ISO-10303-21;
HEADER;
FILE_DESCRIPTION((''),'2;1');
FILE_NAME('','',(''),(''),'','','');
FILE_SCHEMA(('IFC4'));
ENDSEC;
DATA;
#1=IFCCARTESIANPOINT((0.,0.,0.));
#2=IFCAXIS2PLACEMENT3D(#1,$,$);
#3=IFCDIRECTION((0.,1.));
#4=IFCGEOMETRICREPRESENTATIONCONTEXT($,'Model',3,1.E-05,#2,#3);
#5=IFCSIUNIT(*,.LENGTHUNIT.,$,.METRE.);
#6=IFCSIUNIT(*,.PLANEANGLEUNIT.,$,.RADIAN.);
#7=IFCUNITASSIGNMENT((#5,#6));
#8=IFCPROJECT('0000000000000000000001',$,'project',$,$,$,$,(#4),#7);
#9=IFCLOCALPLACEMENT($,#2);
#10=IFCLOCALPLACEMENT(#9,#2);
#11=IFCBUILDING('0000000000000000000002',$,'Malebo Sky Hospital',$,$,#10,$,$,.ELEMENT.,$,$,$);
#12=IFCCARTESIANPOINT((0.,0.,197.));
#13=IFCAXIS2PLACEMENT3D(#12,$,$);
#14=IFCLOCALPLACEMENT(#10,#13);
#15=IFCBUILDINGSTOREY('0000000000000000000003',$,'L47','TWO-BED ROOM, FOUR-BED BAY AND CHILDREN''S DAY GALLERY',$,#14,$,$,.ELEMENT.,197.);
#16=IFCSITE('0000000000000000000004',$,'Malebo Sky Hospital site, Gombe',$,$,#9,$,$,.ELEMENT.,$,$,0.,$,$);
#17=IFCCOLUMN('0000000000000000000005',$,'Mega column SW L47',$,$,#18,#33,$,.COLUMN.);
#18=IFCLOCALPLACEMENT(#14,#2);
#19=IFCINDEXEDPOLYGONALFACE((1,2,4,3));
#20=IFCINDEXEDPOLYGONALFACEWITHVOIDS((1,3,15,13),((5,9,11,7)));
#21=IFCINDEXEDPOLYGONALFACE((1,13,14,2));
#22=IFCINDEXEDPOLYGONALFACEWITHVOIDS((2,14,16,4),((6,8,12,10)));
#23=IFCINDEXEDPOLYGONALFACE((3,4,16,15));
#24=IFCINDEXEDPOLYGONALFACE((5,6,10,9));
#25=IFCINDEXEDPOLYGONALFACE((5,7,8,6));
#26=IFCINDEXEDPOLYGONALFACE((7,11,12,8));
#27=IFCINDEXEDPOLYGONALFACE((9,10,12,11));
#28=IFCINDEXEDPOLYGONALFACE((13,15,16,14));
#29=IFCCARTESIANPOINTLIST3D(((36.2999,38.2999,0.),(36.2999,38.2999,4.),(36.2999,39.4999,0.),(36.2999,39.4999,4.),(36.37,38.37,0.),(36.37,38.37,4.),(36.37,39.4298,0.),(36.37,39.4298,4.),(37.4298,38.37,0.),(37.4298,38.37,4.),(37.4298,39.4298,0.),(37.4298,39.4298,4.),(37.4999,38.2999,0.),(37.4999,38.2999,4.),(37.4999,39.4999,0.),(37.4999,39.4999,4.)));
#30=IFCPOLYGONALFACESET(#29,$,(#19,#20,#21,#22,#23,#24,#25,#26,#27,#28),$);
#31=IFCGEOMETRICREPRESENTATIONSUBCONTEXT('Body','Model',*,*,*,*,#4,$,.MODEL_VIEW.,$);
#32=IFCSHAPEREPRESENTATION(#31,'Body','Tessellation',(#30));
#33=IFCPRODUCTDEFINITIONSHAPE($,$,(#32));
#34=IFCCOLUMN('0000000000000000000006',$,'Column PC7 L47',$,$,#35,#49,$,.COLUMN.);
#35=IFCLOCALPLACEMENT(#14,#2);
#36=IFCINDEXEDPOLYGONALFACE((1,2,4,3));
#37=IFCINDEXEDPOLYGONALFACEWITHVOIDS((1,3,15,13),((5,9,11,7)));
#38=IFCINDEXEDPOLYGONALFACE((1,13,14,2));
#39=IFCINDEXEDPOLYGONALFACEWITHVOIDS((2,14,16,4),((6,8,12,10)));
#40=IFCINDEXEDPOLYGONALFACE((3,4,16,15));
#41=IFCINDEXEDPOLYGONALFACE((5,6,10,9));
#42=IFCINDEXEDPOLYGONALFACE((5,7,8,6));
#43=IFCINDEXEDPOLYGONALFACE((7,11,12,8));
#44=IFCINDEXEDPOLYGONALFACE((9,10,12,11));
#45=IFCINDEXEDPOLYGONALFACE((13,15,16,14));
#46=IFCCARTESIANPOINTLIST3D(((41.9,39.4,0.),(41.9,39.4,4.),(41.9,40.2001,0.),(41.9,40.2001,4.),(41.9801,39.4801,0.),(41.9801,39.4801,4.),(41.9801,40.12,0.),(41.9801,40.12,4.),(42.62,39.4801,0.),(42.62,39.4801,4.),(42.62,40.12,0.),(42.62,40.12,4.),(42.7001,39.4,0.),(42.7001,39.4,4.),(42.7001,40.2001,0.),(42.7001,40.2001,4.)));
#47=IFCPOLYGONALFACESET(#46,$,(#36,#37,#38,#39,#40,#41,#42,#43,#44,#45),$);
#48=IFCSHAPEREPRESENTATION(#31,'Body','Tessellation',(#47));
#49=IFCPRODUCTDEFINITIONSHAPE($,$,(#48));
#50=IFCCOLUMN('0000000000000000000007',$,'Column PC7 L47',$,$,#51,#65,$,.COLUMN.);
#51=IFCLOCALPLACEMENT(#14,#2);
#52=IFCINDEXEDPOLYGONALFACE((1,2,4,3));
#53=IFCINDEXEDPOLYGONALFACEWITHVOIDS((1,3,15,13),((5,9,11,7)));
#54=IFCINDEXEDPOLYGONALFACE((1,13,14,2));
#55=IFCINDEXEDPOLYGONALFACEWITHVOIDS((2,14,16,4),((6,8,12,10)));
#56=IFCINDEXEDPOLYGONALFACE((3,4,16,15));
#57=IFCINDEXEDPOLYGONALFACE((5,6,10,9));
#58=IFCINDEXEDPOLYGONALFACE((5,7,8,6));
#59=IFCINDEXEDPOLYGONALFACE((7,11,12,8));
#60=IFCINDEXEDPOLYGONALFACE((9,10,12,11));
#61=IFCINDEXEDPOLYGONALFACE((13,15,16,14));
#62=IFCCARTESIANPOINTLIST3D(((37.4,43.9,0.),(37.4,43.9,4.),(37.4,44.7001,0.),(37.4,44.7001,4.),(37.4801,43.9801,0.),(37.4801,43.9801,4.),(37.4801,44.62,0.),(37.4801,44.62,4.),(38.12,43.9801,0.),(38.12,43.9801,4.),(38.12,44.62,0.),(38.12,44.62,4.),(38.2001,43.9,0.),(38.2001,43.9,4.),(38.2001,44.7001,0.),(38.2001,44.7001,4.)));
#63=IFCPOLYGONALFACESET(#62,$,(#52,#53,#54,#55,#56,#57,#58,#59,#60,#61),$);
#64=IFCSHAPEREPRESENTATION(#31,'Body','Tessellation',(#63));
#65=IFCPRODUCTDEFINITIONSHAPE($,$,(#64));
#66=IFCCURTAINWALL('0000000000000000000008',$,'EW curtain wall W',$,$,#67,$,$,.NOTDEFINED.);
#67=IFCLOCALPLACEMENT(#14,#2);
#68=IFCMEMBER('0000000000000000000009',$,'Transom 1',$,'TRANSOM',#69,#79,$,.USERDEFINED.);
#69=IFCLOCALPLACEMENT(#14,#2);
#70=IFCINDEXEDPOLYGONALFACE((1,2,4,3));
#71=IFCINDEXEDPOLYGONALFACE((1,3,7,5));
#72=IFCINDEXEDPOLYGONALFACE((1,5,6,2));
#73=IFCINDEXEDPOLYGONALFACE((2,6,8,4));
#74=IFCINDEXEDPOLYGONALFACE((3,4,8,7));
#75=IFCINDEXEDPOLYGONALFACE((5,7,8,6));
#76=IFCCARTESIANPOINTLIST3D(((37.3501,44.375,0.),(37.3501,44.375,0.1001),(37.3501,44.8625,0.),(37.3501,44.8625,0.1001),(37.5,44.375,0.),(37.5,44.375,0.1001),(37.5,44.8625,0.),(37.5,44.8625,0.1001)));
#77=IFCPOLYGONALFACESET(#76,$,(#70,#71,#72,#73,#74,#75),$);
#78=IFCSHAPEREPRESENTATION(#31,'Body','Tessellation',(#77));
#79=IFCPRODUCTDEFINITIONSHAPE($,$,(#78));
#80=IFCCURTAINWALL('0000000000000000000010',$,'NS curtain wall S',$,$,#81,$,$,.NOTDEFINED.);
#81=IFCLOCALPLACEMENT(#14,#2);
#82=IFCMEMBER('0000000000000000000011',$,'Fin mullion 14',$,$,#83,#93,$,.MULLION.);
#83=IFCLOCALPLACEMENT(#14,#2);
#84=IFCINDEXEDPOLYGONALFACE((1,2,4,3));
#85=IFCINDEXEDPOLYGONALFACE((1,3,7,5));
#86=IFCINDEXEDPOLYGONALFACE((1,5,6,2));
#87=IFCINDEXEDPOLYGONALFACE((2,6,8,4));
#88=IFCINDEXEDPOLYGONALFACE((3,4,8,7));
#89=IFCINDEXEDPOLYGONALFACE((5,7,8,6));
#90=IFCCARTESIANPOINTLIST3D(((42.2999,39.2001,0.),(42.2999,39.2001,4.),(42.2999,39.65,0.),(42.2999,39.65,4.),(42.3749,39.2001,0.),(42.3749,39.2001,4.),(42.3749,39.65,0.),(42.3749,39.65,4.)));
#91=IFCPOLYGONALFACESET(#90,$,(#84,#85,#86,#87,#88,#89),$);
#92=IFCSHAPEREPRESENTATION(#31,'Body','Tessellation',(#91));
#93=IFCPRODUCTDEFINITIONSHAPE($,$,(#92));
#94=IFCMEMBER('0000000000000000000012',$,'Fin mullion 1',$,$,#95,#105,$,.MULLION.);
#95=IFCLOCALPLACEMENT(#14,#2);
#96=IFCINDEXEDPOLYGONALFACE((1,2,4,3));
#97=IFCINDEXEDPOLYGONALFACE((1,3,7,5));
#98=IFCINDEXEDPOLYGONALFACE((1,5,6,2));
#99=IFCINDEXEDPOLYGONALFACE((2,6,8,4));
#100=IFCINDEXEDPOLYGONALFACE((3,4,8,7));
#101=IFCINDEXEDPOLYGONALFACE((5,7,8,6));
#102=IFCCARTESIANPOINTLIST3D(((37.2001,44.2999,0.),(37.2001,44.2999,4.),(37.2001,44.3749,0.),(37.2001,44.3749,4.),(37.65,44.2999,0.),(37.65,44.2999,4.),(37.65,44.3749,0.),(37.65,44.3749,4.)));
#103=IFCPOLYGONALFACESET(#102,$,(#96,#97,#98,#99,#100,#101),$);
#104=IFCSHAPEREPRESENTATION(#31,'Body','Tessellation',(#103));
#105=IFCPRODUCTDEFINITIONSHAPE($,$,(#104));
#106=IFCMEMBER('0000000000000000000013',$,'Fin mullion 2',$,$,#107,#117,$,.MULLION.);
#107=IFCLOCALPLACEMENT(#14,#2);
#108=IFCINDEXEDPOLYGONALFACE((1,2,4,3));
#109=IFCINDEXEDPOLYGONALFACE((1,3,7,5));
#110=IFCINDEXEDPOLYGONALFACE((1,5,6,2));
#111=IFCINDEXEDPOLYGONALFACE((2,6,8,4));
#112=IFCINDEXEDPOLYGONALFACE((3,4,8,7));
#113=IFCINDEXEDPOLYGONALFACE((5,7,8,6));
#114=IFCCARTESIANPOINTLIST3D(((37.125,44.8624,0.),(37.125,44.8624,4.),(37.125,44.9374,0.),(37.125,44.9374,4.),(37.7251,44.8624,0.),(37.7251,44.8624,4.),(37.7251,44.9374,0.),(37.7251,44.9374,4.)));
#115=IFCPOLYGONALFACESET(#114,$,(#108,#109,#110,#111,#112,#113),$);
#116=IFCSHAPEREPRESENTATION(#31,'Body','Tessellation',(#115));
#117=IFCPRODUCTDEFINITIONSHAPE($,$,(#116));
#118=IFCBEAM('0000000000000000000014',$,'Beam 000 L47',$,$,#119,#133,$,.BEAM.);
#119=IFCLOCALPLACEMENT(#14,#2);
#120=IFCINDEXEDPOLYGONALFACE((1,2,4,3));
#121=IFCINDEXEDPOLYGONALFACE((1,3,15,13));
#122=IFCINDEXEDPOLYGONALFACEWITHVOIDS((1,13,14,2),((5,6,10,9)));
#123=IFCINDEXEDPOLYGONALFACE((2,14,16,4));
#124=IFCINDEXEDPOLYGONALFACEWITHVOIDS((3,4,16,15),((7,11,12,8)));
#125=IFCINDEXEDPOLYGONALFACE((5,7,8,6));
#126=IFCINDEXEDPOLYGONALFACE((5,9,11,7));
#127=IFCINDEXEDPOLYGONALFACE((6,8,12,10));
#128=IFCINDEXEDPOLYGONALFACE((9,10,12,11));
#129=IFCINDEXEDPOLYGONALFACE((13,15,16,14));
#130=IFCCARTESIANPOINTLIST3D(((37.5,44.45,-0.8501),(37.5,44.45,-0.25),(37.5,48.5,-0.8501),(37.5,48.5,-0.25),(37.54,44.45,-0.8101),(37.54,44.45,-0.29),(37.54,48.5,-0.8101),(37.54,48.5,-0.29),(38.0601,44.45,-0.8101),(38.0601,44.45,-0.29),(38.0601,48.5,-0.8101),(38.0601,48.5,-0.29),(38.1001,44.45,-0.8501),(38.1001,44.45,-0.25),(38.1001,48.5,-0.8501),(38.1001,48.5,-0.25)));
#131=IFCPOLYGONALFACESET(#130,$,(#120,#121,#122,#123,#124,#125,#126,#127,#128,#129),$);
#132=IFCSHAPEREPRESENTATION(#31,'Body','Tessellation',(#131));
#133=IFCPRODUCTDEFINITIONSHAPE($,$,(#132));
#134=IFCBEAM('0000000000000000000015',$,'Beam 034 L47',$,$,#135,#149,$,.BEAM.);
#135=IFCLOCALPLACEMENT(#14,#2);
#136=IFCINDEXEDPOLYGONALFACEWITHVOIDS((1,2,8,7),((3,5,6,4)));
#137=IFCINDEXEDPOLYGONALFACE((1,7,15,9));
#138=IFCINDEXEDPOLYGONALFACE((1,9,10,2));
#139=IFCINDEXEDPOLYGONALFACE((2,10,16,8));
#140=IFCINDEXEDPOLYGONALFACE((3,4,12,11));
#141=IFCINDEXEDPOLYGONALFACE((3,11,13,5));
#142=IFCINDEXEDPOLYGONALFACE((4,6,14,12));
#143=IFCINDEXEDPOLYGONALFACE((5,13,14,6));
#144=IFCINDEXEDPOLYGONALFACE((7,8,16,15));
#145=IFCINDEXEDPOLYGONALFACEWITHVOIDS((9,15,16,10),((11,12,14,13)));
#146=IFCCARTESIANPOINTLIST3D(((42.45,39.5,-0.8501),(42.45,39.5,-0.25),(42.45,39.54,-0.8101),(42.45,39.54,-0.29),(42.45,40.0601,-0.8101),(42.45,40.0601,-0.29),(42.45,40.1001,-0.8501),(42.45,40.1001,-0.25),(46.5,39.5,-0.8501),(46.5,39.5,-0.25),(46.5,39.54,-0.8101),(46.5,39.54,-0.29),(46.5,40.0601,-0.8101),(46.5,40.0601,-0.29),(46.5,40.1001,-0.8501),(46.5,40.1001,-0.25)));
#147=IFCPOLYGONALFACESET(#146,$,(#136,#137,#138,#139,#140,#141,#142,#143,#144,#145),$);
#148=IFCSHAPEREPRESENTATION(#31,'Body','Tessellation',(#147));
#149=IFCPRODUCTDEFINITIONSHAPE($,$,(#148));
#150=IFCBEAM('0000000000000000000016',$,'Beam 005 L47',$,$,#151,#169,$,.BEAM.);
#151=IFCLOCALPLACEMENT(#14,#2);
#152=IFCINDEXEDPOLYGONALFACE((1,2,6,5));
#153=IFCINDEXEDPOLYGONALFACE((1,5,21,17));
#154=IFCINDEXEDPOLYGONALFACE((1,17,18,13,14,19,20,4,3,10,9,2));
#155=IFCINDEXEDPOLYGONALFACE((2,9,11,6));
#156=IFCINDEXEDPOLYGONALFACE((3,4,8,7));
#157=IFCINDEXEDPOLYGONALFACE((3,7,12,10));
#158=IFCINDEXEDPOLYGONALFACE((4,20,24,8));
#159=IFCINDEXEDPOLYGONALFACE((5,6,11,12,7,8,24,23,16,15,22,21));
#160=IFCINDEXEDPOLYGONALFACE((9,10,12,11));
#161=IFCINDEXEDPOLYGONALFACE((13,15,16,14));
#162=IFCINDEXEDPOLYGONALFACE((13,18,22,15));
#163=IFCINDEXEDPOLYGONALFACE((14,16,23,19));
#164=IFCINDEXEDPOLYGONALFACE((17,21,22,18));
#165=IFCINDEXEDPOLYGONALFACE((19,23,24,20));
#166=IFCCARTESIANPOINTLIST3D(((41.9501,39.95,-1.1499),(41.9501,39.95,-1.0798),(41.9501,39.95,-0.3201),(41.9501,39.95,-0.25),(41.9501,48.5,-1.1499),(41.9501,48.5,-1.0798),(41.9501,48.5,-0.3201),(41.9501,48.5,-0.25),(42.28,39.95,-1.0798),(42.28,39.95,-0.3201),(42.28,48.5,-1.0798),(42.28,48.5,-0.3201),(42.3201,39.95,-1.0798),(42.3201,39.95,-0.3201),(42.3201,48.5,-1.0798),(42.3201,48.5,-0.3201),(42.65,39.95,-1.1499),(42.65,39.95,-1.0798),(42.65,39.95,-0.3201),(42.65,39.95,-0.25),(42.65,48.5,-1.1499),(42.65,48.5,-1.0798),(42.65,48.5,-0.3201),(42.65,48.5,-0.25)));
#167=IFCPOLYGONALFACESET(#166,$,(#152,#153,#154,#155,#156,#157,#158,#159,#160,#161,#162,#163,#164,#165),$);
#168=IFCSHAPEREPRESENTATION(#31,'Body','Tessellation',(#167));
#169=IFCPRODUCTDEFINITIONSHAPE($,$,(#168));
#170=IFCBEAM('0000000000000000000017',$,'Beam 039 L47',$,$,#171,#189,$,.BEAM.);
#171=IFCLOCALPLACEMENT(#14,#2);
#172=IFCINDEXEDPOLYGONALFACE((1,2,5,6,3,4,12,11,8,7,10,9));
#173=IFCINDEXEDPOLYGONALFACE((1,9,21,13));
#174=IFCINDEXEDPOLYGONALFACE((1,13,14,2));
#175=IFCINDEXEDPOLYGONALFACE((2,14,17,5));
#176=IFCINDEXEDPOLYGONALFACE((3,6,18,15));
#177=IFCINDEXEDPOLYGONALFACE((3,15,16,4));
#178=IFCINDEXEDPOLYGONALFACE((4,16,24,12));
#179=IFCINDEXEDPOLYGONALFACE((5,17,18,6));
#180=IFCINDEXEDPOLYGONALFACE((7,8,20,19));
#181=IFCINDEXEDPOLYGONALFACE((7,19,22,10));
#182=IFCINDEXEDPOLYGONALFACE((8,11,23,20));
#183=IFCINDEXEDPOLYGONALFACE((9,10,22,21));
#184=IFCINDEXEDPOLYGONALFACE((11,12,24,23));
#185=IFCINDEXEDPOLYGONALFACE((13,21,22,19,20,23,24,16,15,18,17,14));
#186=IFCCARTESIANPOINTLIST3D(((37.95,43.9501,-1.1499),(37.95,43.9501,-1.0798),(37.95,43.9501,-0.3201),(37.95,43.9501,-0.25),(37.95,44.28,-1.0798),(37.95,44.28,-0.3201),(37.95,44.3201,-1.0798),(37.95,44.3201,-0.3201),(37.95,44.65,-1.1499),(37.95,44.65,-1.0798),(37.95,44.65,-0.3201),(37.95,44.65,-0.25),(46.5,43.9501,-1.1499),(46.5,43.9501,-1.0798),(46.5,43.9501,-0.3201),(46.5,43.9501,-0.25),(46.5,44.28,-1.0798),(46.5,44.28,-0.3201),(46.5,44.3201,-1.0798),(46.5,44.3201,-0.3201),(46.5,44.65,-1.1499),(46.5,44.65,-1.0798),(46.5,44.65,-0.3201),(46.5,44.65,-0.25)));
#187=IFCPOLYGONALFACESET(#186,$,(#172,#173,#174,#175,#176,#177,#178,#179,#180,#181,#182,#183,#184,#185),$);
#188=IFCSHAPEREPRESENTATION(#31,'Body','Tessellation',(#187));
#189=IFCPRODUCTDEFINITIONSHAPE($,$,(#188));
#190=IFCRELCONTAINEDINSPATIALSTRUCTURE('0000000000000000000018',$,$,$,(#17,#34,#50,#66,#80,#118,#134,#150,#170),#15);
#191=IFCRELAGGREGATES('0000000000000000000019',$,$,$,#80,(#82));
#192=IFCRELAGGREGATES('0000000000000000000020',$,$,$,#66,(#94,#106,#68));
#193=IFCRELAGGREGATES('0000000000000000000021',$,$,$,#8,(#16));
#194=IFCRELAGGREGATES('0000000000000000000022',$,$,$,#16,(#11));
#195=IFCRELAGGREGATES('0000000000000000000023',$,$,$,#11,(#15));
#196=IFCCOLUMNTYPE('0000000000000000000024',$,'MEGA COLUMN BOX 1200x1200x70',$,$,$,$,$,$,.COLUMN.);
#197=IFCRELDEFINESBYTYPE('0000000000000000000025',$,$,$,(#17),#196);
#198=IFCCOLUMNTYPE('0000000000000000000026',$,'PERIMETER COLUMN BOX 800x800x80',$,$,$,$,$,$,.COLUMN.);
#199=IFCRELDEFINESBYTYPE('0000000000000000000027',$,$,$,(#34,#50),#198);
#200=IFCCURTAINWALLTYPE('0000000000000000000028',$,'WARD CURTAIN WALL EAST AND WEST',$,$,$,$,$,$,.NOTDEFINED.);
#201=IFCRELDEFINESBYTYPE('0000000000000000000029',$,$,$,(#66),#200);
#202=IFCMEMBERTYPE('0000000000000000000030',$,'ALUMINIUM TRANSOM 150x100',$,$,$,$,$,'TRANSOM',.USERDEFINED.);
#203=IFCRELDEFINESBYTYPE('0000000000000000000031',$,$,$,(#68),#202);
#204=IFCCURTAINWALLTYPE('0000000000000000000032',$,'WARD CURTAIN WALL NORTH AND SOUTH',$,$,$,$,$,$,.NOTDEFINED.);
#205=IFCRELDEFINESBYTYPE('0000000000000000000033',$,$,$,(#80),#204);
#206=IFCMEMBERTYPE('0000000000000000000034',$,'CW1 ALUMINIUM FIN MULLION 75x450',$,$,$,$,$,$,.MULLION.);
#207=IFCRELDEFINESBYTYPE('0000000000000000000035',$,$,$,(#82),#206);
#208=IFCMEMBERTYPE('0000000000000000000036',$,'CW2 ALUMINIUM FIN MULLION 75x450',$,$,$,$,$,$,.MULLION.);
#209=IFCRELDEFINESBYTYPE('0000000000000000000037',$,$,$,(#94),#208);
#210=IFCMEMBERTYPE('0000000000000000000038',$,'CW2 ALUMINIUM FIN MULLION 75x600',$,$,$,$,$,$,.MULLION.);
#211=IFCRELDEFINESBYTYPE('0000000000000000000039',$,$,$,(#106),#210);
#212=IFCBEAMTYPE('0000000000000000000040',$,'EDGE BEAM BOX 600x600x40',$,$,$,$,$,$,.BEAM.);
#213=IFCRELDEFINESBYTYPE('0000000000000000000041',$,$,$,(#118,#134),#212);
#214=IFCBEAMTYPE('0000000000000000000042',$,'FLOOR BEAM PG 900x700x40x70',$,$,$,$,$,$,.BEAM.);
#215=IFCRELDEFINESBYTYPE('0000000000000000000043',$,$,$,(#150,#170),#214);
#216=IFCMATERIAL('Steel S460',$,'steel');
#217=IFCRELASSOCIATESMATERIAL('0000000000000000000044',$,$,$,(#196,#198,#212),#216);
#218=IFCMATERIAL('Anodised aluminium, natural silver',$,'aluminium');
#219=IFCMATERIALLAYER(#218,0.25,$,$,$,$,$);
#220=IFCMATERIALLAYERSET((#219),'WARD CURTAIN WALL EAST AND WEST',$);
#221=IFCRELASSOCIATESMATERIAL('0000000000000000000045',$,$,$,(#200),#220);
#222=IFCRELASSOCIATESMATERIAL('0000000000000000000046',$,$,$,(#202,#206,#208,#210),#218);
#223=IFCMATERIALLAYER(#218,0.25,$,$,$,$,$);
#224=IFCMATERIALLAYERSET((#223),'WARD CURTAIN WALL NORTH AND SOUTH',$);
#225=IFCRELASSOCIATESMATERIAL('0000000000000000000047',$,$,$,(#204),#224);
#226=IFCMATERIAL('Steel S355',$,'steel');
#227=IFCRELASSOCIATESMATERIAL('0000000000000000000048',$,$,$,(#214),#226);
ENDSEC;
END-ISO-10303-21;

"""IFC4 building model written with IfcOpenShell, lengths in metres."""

from ifc_helpers import new_model, si_unit, direction, frame, origin, origin_2d, place, context, subcontext, project, spatial, rectangle, hollow_rectangle, i_section, extrude, material, layer, layer_set, material_profile, profile_set, type_object, element, aggregate, save


model = new_model("IFC4")

# Units and contexts
model_context = context("Model", 3, precision=1e-05, world=origin(), true_north=direction((0.0, 1.0)))
body_context = subcontext(model_context, "Body", "Model", "MODEL_VIEW")
ifc_project = project(units=[si_unit("LENGTHUNIT", "METRE"), si_unit("PLANEANGLEUNIT", "RADIAN")], contexts=[model_context])

# Site, building, storey
site_placement = place(None, origin())
site = spatial("IfcSite", under=ifc_project, at=site_placement, Name="Malebo Sky Hospital site, Gombe", CompositionType="ELEMENT", RefElevation=0.0)
building_placement = place(site_placement, origin())
building = spatial("IfcBuilding", under=site, at=building_placement, Name="Malebo Sky Hospital", CompositionType="ELEMENT")
storey_placement = place(building_placement, frame((0.0, 0.0, 197.0)))
storey = spatial("IfcBuildingStorey", under=building, at=storey_placement, Name="L47", Description="TWO-BED ROOM, FOUR-BED BAY AND CHILDREN'S DAY GALLERY", CompositionType="ELEMENT", Elevation=197.0)

# Columns
ifc_material_1 = material(Name="Steel S460", Category="steel")
ifc_material_profile_1 = material_profile(ifc_material_1, hollow_rectangle(XDim=1.2, YDim=1.2, WallThickness=0.0701, at=origin_2d()), Name="BOX 1200x1200x70")
ifc_profile_set_1 = profile_set([ifc_material_profile_1], Name="Steel S460")
column_type_1 = type_object("IfcColumnType", Name="MEGA COLUMN BOX 1200x1200x70", PredefinedType="COLUMN", material=ifc_profile_set_1)
column_placement = place(storey_placement, frame((36.8999, 38.8999, 0.0), z_axis=(0.0, 0.0, 1.0), x_axis=(1.0, 0.0, 0.0)))
element("IfcColumn", 1, at=column_placement, inside=storey, type_object=column_type_1, Name="Mega column SW L47", PredefinedType="COLUMN", context=body_context, shape_type="SweptSolid", body=[
    extrude(hollow_rectangle(XDim=1.2, YDim=1.2, WallThickness=0.0701, at=origin_2d()), origin(), (0.0, 0.0, 1.0), 4.0),
])
ifc_material_profile_2 = material_profile(ifc_material_1, hollow_rectangle(XDim=0.8, YDim=0.8, WallThickness=0.0801, at=origin_2d()), Name="BOX 800x800x80")
ifc_profile_set_2 = profile_set([ifc_material_profile_2], Name="Steel S460")
column_type_2 = type_object("IfcColumnType", Name="PERIMETER COLUMN BOX 800x800x80", PredefinedType="COLUMN", material=ifc_profile_set_2)
for number, where, z_axis, x_axis, name in (
    (2, (42.3, 39.8, 0.0), (0.0, 0.0, 1.0), (1.0, 0.0, 0.0), "Column PC7 L47"),
    (3, (37.8, 44.3, 0.0), (0.0, 0.0, 1.0), (1.0, 0.0, 0.0), "Column PC7 L47"),
):
    element("IfcColumn", number, at=place(storey_placement, frame(where, z_axis=z_axis, x_axis=x_axis)), inside=storey, type_object=column_type_2, Name=name, PredefinedType="COLUMN", context=body_context, shape_type="SweptSolid", body=[
        extrude(hollow_rectangle(XDim=0.8, YDim=0.8, WallThickness=0.0801, at=origin_2d()), origin(), (0.0, 0.0, 1.0), 4.0),
    ])

# Curtain walls, members
ifc_material_2 = material(Name="Anodised aluminium, natural silver", Category="aluminium")
ifc_layer_1 = layer(ifc_material_2, 0.25)
ifc_layer_set_1 = layer_set([ifc_layer_1], Name="WARD CURTAIN WALL EAST AND WEST")
curtain_wall_type_1 = type_object("IfcCurtainWallType", Name="WARD CURTAIN WALL EAST AND WEST", PredefinedType="NOTDEFINED", material=ifc_layer_set_1)
curtain_wall_1_placement = place(storey_placement, origin())
curtain_wall_1 = element("IfcCurtainWall", 4, at=curtain_wall_1_placement, inside=storey, type_object=curtain_wall_type_1, Name="EW curtain wall W", PredefinedType="NOTDEFINED")
ifc_material_profile_3 = material_profile(ifc_material_2, rectangle(XDim=0.1499, YDim=0.1001, at=origin_2d()), Name="ALUMINIUM TRANSOM 150x100")
ifc_profile_set_3 = profile_set([ifc_material_profile_3], Name="Anodised aluminium, natural silver")
member_type_1 = type_object("IfcMemberType", Name="ALUMINIUM TRANSOM 150x100", ElementType="TRANSOM", PredefinedType="USERDEFINED", material=ifc_profile_set_3)
member_1_placement = place(storey_placement, frame((37.425, 44.375, 0.05), z_axis=(0.0, 1.0, 0.0), x_axis=(-1.0, 0.0, 0.0)))
member_1 = element("IfcMember", 5, at=member_1_placement, type_object=member_type_1, Name="Transom 1", ObjectType="TRANSOM", PredefinedType="USERDEFINED", context=body_context, shape_type="SweptSolid", body=[
    extrude(rectangle(XDim=0.1499, YDim=0.1001, at=origin_2d()), origin(), (0.0, 0.0, 1.0), 0.4875),
])
ifc_layer_2 = layer(ifc_material_2, 0.25)
ifc_layer_set_2 = layer_set([ifc_layer_2], Name="WARD CURTAIN WALL NORTH AND SOUTH")
curtain_wall_type_2 = type_object("IfcCurtainWallType", Name="WARD CURTAIN WALL NORTH AND SOUTH", PredefinedType="NOTDEFINED", material=ifc_layer_set_2)
curtain_wall_2_placement = place(storey_placement, origin())
curtain_wall_2 = element("IfcCurtainWall", 6, at=curtain_wall_2_placement, inside=storey, type_object=curtain_wall_type_2, Name="NS curtain wall S", PredefinedType="NOTDEFINED")
ifc_material_profile_4 = material_profile(ifc_material_2, rectangle(XDim=0.075, YDim=0.45, at=origin_2d()), Name="CW1 ALUMINIUM FIN MULLION 75x450")
ifc_profile_set_4 = profile_set([ifc_material_profile_4], Name="Anodised aluminium, natural silver")
member_type_2 = type_object("IfcMemberType", Name="CW1 ALUMINIUM FIN MULLION 75x450", PredefinedType="MULLION", material=ifc_profile_set_4)
member_2_placement = place(storey_placement, frame((42.3374, 39.425, 0.0), z_axis=(0.0, 0.0, 1.0), x_axis=(-1.0, 0.0, 0.0)))
member_2 = element("IfcMember", 7, at=member_2_placement, type_object=member_type_2, Name="Fin mullion 14", PredefinedType="MULLION", context=body_context, shape_type="SweptSolid", body=[
    extrude(rectangle(XDim=0.075, YDim=0.45, at=origin_2d()), origin(), (0.0, 0.0, 1.0), 4.0),
])
aggregate(curtain_wall_2, [member_2])

# Members
ifc_material_profile_5 = material_profile(ifc_material_2, rectangle(XDim=0.075, YDim=0.45, at=origin_2d()), Name="CW2 ALUMINIUM FIN MULLION 75x450")
ifc_profile_set_5 = profile_set([ifc_material_profile_5], Name="Anodised aluminium, natural silver")
member_type_3 = type_object("IfcMemberType", Name="CW2 ALUMINIUM FIN MULLION 75x450", PredefinedType="MULLION", material=ifc_profile_set_5)
member_3_placement = place(storey_placement, frame((37.425, 44.3374, 0.0), z_axis=(0.0, 0.0, 1.0), x_axis=(0.0, 1.0, 0.0)))
member_3 = element("IfcMember", 8, at=member_3_placement, type_object=member_type_3, Name="Fin mullion 1", PredefinedType="MULLION", context=body_context, shape_type="SweptSolid", body=[
    extrude(rectangle(XDim=0.075, YDim=0.45, at=origin_2d()), origin(), (0.0, 0.0, 1.0), 4.0),
])
ifc_material_profile_6 = material_profile(ifc_material_2, rectangle(XDim=0.075, YDim=0.6001, at=origin_2d()), Name="CW2 ALUMINIUM FIN MULLION 75x600")
ifc_profile_set_6 = profile_set([ifc_material_profile_6], Name="Anodised aluminium, natural silver")
member_type_4 = type_object("IfcMemberType", Name="CW2 ALUMINIUM FIN MULLION 75x600", PredefinedType="MULLION", material=ifc_profile_set_6)
member_4_placement = place(storey_placement, frame((37.425, 44.8999, 0.0), z_axis=(0.0, 0.0, 1.0), x_axis=(0.0, 1.0, 0.0)))
member_4 = element("IfcMember", 9, at=member_4_placement, type_object=member_type_4, Name="Fin mullion 2", PredefinedType="MULLION", context=body_context, shape_type="SweptSolid", body=[
    extrude(rectangle(XDim=0.075, YDim=0.6001, at=origin_2d()), origin(), (0.0, 0.0, 1.0), 4.0),
])

# Beams
ifc_material_profile_7 = material_profile(ifc_material_1, hollow_rectangle(XDim=0.6001, YDim=0.6001, WallThickness=0.04, at=origin_2d()), Name="BOX 600x600x40")
ifc_profile_set_7 = profile_set([ifc_material_profile_7], Name="Steel S460")
beam_type_1 = type_object("IfcBeamType", Name="EDGE BEAM BOX 600x600x40", PredefinedType="BEAM", material=ifc_profile_set_7)
for number, where, z_axis, x_axis, name in (
    (10, (37.8, 44.45, -0.55), (0.0, 1.0, 0.0), (-1.0, 0.0, 0.0), "Beam 000 L47"),
    (11, (42.45, 39.8, -0.55), (1.0, 0.0, 0.0), (0.0, 1.0, 0.0), "Beam 034 L47"),
):
    element("IfcBeam", number, at=place(storey_placement, frame(where, z_axis=z_axis, x_axis=x_axis)), inside=storey, type_object=beam_type_1, Name=name, PredefinedType="BEAM", context=body_context, shape_type="SweptSolid", body=[
        extrude(hollow_rectangle(XDim=0.6001, YDim=0.6001, WallThickness=0.04, at=origin_2d()), origin(), (0.0, 0.0, 1.0), 4.05),
    ])
ifc_material_3 = material(Name="Steel S355", Category="steel")
ifc_material_profile_8 = material_profile(ifc_material_3, i_section(OverallWidth=0.7, OverallDepth=0.8999, WebThickness=0.04, FlangeThickness=0.0701, at=origin_2d()), Name="PG 900x700x40x70")
ifc_profile_set_8 = profile_set([ifc_material_profile_8], Name="Steel S355")
beam_type_2 = type_object("IfcBeamType", Name="FLOOR BEAM PG 900x700x40x70", PredefinedType="BEAM", material=ifc_profile_set_8)
for number, where, z_axis, x_axis, name in (
    (12, (42.3, 39.95, -0.7), (0.0, 1.0, 0.0), (-1.0, 0.0, 0.0), "Beam 005 L47"),
    (13, (37.95, 44.3, -0.7), (1.0, 0.0, 0.0), (0.0, 1.0, 0.0), "Beam 039 L47"),
):
    element("IfcBeam", number, at=place(storey_placement, frame(where, z_axis=z_axis, x_axis=x_axis)), inside=storey, type_object=beam_type_2, Name=name, PredefinedType="BEAM", context=body_context, shape_type="SweptSolid", body=[
        extrude(i_section(OverallWidth=0.7, OverallDepth=0.8999, WebThickness=0.04, FlangeThickness=0.0701, at=origin_2d()), origin(), (0.0, 0.0, 1.0), 8.55),
    ])

aggregate(curtain_wall_1, [member_3, member_4, member_1])

save(model, "model.ifc")
